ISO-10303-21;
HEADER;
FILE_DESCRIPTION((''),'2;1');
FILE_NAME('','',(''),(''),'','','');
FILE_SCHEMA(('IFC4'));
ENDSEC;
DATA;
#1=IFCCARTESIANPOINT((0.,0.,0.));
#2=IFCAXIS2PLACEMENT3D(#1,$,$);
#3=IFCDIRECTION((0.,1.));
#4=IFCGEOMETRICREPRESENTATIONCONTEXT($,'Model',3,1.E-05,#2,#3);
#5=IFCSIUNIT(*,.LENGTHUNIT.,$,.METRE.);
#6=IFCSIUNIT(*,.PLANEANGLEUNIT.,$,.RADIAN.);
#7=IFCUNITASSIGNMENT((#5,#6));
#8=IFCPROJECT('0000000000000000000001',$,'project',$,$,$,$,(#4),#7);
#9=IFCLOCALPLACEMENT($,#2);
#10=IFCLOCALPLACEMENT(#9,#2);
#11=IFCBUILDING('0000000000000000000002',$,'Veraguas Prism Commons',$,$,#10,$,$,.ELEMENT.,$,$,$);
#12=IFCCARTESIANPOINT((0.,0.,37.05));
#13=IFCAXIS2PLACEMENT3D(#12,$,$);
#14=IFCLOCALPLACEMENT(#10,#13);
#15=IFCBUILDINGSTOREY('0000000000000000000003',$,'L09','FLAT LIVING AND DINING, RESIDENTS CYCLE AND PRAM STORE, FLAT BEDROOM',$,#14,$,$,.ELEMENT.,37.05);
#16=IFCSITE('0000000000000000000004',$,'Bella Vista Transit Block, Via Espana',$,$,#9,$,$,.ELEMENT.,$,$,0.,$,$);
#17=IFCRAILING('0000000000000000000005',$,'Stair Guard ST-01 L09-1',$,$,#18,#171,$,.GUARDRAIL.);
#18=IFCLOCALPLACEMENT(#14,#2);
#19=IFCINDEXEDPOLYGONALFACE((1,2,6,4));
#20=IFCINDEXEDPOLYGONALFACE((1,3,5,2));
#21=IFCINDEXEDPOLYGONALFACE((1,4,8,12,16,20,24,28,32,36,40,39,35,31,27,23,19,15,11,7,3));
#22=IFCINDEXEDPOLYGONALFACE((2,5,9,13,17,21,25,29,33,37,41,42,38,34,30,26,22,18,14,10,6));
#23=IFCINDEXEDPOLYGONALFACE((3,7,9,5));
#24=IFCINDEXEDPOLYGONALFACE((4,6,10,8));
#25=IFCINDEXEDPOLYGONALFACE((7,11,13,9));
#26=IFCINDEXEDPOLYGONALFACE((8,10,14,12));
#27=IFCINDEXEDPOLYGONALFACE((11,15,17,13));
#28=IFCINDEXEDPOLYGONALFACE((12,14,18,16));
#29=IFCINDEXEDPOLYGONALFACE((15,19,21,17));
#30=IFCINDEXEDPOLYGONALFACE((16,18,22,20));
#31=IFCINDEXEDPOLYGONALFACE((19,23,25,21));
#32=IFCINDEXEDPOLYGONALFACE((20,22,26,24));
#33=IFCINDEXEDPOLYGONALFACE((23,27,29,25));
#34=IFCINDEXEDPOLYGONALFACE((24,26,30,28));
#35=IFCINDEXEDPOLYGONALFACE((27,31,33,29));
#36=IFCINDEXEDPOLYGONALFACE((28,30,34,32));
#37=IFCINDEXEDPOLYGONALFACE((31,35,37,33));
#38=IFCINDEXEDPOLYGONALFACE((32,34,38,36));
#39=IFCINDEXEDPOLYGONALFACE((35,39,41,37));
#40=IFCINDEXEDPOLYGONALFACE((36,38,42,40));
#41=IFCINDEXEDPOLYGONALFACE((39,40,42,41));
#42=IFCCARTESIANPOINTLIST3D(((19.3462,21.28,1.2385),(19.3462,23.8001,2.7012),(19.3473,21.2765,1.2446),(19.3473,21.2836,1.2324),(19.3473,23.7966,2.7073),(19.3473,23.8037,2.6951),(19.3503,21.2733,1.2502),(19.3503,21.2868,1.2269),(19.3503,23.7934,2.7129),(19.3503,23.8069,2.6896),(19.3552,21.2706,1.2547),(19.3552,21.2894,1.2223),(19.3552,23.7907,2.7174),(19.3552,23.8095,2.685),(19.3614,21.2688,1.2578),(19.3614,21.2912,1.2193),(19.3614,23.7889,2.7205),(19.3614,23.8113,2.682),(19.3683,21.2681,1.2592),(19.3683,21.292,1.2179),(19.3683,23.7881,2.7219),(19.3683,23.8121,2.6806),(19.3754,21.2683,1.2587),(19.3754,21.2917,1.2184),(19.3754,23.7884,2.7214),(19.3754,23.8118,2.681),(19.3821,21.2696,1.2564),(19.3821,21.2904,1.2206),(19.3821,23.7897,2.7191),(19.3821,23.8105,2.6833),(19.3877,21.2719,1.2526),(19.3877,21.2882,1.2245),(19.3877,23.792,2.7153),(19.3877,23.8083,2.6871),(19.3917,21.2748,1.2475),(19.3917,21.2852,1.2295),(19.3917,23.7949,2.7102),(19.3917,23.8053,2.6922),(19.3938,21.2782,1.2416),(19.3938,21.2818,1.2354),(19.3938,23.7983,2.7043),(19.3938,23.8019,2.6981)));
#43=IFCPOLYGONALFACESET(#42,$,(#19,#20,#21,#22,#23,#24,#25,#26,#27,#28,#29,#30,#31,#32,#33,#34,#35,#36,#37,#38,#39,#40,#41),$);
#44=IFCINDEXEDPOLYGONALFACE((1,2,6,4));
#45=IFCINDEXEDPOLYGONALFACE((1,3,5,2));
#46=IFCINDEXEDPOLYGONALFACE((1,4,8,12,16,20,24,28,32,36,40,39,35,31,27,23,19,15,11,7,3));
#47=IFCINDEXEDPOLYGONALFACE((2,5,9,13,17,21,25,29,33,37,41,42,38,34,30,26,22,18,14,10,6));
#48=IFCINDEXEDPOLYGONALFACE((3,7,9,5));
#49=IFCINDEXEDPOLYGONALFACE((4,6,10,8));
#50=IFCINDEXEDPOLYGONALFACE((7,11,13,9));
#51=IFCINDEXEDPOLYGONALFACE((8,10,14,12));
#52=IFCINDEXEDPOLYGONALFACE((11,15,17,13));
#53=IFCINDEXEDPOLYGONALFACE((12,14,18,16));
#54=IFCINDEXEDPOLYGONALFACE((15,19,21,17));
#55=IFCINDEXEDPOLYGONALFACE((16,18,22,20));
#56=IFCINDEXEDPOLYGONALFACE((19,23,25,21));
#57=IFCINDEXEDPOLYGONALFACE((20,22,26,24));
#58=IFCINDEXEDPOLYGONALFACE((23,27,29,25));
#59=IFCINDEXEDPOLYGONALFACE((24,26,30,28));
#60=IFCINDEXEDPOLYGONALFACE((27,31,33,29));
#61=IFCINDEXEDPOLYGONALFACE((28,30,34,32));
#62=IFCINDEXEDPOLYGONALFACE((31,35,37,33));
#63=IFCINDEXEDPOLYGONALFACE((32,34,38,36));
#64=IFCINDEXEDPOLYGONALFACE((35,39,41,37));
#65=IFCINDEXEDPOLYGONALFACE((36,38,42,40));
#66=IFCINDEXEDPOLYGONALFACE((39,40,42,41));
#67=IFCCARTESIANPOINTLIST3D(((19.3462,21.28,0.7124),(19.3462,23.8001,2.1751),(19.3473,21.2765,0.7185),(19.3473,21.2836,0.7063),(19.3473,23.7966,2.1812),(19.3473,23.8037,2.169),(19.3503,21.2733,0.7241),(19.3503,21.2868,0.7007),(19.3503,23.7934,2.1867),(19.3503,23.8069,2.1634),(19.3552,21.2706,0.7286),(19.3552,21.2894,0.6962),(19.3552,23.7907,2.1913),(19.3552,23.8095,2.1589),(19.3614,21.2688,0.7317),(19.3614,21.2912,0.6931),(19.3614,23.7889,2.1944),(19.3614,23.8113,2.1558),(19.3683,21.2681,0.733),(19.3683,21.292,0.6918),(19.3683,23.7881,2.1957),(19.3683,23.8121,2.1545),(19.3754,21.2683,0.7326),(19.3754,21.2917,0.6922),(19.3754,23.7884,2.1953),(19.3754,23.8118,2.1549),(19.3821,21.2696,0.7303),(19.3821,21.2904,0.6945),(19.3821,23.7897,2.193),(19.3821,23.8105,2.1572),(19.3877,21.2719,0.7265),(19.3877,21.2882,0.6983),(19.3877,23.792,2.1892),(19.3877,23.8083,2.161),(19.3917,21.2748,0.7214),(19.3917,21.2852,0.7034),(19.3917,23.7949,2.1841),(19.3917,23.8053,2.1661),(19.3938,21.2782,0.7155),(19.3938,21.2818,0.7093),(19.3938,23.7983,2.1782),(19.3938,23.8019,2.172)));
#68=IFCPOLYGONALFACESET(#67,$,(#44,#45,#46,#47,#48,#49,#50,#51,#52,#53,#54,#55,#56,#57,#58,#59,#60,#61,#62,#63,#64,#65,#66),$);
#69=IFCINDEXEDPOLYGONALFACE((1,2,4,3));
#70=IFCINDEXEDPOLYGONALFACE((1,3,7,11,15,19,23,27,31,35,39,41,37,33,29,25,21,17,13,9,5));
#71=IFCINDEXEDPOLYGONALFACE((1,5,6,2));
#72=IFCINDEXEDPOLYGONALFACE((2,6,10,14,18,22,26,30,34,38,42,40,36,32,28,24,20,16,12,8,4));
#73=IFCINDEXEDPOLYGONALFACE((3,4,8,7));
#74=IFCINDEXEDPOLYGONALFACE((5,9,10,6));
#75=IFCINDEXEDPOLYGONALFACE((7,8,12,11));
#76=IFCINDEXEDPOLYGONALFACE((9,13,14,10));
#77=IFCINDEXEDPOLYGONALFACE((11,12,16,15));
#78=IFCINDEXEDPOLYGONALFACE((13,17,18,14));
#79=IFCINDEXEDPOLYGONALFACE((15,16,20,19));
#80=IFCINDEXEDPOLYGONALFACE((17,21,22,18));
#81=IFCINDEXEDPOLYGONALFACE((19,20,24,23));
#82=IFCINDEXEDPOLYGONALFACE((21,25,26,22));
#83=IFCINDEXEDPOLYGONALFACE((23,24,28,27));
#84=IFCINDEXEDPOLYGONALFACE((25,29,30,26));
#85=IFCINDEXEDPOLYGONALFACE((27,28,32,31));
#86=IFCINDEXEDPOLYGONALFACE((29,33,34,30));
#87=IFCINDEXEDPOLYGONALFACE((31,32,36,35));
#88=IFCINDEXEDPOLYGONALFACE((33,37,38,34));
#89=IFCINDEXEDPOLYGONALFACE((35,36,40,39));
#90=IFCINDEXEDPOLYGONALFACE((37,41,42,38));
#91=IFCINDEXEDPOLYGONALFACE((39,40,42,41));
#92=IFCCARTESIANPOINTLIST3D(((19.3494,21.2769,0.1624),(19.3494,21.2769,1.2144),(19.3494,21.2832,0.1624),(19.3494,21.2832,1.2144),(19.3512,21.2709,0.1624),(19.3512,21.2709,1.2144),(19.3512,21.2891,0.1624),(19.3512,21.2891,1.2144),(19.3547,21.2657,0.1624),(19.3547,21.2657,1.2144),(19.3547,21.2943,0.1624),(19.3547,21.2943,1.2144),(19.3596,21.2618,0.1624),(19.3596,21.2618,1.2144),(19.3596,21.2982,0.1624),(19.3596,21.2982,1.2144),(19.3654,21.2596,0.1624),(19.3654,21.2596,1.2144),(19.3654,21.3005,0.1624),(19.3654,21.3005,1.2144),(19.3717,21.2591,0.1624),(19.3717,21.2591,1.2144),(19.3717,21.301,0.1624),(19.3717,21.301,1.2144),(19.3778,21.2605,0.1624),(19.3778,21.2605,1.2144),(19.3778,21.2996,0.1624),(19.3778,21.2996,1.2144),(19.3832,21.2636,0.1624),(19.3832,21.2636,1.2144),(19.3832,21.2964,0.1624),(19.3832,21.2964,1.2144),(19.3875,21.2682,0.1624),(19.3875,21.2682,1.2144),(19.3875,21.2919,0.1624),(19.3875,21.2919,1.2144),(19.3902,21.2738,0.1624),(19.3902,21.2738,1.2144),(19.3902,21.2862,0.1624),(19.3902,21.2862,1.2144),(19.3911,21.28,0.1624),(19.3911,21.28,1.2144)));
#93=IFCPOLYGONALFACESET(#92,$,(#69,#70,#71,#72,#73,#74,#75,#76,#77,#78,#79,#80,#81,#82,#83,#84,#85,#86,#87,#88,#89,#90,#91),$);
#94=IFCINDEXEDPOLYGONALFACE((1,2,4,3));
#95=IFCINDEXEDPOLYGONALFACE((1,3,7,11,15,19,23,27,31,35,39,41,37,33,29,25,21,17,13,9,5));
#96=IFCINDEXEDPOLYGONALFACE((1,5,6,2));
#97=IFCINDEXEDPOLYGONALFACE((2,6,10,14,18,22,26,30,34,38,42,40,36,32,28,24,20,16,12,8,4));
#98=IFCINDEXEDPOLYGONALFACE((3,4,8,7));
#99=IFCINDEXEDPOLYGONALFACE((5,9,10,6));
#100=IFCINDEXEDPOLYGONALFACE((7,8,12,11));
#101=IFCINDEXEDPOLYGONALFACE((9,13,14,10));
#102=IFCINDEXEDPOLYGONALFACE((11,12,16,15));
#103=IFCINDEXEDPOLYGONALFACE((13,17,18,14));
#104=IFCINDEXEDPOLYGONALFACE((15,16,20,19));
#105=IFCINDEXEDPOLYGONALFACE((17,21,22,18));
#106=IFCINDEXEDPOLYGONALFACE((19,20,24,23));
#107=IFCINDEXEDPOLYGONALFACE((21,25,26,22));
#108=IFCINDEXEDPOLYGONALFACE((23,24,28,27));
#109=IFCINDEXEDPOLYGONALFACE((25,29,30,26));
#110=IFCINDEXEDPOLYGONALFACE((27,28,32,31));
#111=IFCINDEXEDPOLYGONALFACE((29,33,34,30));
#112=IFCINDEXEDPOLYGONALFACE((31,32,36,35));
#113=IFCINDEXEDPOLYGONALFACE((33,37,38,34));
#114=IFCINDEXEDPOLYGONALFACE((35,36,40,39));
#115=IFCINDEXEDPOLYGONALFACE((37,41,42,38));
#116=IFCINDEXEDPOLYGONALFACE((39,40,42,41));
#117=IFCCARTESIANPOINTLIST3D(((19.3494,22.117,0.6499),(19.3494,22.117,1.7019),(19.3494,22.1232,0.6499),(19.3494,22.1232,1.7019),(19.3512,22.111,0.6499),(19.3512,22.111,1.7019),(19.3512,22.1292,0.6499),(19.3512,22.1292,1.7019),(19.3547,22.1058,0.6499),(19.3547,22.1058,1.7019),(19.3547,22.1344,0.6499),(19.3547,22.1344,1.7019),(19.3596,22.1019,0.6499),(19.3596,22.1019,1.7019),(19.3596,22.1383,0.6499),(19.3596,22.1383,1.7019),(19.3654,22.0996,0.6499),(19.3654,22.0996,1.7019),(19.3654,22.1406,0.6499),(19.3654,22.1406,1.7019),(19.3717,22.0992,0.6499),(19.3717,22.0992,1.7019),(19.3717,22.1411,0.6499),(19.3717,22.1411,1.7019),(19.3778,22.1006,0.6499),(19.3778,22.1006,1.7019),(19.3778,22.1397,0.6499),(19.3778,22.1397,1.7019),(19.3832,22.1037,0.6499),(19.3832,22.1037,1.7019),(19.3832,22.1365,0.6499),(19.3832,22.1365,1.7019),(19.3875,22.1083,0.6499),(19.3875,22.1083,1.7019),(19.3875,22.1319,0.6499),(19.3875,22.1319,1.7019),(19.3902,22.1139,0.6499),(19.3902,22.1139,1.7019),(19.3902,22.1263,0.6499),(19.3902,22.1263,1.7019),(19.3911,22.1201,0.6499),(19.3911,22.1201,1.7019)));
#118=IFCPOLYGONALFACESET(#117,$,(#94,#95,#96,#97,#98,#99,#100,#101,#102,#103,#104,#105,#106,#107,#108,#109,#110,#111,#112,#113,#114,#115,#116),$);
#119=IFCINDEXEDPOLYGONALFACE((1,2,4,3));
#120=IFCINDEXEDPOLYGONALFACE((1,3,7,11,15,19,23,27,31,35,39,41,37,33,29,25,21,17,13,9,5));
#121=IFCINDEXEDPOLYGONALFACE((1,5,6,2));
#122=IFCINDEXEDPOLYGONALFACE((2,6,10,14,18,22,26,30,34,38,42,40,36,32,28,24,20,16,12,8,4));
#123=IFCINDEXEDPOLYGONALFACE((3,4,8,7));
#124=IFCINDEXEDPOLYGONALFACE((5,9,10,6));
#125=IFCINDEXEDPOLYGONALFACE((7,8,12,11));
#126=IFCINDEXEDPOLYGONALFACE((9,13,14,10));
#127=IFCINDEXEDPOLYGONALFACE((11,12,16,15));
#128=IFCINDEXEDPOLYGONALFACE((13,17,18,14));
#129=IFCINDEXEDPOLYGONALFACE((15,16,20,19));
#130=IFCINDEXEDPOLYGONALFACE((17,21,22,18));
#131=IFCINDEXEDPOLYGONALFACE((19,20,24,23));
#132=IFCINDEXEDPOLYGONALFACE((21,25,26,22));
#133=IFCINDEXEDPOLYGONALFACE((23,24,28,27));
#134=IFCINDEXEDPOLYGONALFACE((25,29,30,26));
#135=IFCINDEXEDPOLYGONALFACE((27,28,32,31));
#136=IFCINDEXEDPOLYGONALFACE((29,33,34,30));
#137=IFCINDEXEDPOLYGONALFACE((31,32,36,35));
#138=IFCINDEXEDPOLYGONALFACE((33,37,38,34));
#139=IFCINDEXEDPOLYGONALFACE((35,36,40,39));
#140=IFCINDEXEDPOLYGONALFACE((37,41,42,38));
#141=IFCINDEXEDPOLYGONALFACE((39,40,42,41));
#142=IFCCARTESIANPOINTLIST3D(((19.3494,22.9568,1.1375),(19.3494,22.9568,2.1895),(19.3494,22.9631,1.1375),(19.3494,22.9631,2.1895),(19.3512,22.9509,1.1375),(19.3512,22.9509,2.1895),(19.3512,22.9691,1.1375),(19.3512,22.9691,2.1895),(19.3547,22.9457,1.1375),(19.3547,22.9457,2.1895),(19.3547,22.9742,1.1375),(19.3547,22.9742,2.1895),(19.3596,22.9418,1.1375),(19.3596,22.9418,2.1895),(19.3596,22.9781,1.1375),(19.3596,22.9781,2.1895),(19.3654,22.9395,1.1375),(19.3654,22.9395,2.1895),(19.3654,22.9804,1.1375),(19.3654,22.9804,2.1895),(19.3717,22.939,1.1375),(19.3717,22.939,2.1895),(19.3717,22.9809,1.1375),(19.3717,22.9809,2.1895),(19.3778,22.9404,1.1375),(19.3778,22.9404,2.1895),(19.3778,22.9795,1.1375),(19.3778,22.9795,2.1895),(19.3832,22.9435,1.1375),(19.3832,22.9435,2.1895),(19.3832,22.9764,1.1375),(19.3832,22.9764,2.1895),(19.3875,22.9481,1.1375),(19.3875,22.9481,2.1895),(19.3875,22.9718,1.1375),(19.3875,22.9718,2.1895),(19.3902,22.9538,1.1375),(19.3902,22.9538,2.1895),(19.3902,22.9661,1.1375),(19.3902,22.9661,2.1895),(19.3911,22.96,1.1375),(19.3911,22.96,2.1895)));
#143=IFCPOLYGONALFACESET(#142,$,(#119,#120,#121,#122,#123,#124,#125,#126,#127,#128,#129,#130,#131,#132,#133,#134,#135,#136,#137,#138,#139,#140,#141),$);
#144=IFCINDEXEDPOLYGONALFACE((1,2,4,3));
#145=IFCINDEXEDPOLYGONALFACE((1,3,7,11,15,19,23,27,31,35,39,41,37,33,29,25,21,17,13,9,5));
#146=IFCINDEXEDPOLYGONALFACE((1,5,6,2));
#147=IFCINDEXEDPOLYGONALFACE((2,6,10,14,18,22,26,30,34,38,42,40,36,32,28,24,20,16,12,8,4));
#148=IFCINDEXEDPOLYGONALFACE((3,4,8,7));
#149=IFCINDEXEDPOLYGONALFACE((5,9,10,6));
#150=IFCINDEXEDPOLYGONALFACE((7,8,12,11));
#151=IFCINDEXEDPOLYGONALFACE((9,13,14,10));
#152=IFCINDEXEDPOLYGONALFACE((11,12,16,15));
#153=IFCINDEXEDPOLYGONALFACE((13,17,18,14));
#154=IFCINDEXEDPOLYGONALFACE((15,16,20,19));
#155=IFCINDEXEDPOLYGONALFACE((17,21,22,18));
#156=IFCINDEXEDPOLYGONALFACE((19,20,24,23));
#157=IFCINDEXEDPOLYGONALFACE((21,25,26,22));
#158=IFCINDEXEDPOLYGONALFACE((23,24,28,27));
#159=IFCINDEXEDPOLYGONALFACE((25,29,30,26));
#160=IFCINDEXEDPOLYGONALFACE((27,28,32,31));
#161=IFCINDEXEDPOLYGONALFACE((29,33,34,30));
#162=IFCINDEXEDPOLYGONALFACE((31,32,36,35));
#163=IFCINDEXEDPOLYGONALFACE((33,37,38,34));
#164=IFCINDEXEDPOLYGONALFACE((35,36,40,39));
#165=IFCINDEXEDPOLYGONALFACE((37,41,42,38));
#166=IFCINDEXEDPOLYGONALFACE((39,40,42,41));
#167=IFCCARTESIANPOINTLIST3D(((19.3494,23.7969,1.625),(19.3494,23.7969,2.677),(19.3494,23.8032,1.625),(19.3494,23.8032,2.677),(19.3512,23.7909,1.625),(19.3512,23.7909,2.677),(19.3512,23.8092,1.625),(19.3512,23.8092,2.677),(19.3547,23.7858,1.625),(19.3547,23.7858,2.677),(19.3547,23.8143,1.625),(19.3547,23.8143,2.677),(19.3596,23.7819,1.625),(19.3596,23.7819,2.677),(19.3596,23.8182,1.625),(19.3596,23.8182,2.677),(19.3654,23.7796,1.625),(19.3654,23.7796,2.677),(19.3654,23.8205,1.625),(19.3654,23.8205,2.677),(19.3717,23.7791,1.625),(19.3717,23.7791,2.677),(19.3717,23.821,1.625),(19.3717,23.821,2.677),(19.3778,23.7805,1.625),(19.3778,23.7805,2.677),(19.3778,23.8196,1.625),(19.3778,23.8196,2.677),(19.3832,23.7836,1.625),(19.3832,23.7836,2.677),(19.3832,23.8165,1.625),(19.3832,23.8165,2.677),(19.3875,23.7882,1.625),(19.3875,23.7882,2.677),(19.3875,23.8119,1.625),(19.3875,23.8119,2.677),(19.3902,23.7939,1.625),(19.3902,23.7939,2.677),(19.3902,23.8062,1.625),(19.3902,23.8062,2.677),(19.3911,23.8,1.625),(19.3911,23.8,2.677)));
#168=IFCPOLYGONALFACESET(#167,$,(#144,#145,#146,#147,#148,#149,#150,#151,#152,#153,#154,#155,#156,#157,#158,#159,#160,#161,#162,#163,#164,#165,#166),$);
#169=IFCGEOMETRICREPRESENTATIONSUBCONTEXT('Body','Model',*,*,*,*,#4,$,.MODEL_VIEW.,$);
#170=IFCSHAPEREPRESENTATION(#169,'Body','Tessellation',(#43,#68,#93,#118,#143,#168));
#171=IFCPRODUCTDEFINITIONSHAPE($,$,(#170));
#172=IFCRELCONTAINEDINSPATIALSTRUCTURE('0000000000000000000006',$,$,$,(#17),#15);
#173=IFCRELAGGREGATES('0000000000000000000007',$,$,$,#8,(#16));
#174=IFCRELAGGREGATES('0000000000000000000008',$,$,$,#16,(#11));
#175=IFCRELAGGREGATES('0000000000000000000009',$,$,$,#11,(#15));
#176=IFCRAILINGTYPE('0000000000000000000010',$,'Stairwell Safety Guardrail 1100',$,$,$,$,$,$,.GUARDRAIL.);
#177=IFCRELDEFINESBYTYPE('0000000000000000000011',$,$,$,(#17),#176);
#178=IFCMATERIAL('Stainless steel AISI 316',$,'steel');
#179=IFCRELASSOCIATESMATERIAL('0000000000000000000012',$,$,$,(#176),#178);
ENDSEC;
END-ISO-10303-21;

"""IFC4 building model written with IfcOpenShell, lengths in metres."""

from ifc_helpers import new_model, si_unit, direction, frame, origin, origin_2d, place, context, subcontext, project, spatial, circle, extrude, material, type_object, element, save


model = new_model("IFC4")

# Units and contexts
model_context = context("Model", 3, precision=1e-05, world=origin(), true_north=direction((0.0, 1.0)))
body_context = subcontext(model_context, "Body", "Model", "MODEL_VIEW")
ifc_project = project(units=[si_unit("LENGTHUNIT", "METRE"), si_unit("PLANEANGLEUNIT", "RADIAN")], contexts=[model_context])

# Site, building, storey
site_placement = place(None, origin())
site = spatial("IfcSite", under=ifc_project, at=site_placement, Name="Bella Vista Transit Block, Via Espana", CompositionType="ELEMENT", RefElevation=0.0)
building_placement = place(site_placement, origin())
building = spatial("IfcBuilding", under=site, at=building_placement, Name="Veraguas Prism Commons", CompositionType="ELEMENT")
storey_placement = place(building_placement, frame((0.0, 0.0, 37.05)))
storey = spatial("IfcBuildingStorey", under=building, at=storey_placement, Name="L09", Description="FLAT LIVING AND DINING, RESIDENTS CYCLE AND PRAM STORE, FLAT BEDROOM", CompositionType="ELEMENT", Elevation=37.05)

# Railing
ifc_material_1 = material(Name="Stainless steel AISI 316", Category="steel")
railing_type_1 = type_object("IfcRailingType", Name="Stairwell Safety Guardrail 1100", PredefinedType="GUARDRAIL", material=ifc_material_1)
railing_1_placement = place(storey_placement, frame((19.3701, 21.28, 0.1624)))
element("IfcRailing", 1, at=railing_1_placement, inside=storey, type_object=railing_type_1, Name="Stair Guard ST-01 L09-1", PredefinedType="GUARDRAIL", context=body_context, shape_type="SweptSolid", body=[
    extrude(circle(Radius=0.0239, at=origin_2d()), frame((0.0, 0.0, 1.0762), z_axis=(0.0, 0.864877, 0.501984), x_axis=(-1.0, 0.0, 0.0)), (0.0, 0.0, 1.0), 2.9138),
    extrude(circle(Radius=0.0239, at=origin_2d()), frame((0.0, 0.0, 0.55), z_axis=(0.0, 0.864877, 0.501984), x_axis=(-1.0, 0.0, 0.0)), (0.0, 0.0, 1.0), 2.9138),
    extrude(circle(Radius=0.021, at=origin_2d()), origin(), (0.0, 0.0, 1.0), 1.052),
    extrude(circle(Radius=0.021, at=origin_2d()), frame((0.0, 0.8401, 0.4875)), (0.0, 0.0, 1.0), 1.052),
    extrude(circle(Radius=0.021, at=origin_2d()), frame((0.0, 1.6799, 0.9751)), (0.0, 0.0, 1.0), 1.052),
    extrude(circle(Radius=0.021, at=origin_2d()), frame((0.0, 2.52, 1.4626)), (0.0, 0.0, 1.0), 1.052),
])

save(model, "model.ifc")
